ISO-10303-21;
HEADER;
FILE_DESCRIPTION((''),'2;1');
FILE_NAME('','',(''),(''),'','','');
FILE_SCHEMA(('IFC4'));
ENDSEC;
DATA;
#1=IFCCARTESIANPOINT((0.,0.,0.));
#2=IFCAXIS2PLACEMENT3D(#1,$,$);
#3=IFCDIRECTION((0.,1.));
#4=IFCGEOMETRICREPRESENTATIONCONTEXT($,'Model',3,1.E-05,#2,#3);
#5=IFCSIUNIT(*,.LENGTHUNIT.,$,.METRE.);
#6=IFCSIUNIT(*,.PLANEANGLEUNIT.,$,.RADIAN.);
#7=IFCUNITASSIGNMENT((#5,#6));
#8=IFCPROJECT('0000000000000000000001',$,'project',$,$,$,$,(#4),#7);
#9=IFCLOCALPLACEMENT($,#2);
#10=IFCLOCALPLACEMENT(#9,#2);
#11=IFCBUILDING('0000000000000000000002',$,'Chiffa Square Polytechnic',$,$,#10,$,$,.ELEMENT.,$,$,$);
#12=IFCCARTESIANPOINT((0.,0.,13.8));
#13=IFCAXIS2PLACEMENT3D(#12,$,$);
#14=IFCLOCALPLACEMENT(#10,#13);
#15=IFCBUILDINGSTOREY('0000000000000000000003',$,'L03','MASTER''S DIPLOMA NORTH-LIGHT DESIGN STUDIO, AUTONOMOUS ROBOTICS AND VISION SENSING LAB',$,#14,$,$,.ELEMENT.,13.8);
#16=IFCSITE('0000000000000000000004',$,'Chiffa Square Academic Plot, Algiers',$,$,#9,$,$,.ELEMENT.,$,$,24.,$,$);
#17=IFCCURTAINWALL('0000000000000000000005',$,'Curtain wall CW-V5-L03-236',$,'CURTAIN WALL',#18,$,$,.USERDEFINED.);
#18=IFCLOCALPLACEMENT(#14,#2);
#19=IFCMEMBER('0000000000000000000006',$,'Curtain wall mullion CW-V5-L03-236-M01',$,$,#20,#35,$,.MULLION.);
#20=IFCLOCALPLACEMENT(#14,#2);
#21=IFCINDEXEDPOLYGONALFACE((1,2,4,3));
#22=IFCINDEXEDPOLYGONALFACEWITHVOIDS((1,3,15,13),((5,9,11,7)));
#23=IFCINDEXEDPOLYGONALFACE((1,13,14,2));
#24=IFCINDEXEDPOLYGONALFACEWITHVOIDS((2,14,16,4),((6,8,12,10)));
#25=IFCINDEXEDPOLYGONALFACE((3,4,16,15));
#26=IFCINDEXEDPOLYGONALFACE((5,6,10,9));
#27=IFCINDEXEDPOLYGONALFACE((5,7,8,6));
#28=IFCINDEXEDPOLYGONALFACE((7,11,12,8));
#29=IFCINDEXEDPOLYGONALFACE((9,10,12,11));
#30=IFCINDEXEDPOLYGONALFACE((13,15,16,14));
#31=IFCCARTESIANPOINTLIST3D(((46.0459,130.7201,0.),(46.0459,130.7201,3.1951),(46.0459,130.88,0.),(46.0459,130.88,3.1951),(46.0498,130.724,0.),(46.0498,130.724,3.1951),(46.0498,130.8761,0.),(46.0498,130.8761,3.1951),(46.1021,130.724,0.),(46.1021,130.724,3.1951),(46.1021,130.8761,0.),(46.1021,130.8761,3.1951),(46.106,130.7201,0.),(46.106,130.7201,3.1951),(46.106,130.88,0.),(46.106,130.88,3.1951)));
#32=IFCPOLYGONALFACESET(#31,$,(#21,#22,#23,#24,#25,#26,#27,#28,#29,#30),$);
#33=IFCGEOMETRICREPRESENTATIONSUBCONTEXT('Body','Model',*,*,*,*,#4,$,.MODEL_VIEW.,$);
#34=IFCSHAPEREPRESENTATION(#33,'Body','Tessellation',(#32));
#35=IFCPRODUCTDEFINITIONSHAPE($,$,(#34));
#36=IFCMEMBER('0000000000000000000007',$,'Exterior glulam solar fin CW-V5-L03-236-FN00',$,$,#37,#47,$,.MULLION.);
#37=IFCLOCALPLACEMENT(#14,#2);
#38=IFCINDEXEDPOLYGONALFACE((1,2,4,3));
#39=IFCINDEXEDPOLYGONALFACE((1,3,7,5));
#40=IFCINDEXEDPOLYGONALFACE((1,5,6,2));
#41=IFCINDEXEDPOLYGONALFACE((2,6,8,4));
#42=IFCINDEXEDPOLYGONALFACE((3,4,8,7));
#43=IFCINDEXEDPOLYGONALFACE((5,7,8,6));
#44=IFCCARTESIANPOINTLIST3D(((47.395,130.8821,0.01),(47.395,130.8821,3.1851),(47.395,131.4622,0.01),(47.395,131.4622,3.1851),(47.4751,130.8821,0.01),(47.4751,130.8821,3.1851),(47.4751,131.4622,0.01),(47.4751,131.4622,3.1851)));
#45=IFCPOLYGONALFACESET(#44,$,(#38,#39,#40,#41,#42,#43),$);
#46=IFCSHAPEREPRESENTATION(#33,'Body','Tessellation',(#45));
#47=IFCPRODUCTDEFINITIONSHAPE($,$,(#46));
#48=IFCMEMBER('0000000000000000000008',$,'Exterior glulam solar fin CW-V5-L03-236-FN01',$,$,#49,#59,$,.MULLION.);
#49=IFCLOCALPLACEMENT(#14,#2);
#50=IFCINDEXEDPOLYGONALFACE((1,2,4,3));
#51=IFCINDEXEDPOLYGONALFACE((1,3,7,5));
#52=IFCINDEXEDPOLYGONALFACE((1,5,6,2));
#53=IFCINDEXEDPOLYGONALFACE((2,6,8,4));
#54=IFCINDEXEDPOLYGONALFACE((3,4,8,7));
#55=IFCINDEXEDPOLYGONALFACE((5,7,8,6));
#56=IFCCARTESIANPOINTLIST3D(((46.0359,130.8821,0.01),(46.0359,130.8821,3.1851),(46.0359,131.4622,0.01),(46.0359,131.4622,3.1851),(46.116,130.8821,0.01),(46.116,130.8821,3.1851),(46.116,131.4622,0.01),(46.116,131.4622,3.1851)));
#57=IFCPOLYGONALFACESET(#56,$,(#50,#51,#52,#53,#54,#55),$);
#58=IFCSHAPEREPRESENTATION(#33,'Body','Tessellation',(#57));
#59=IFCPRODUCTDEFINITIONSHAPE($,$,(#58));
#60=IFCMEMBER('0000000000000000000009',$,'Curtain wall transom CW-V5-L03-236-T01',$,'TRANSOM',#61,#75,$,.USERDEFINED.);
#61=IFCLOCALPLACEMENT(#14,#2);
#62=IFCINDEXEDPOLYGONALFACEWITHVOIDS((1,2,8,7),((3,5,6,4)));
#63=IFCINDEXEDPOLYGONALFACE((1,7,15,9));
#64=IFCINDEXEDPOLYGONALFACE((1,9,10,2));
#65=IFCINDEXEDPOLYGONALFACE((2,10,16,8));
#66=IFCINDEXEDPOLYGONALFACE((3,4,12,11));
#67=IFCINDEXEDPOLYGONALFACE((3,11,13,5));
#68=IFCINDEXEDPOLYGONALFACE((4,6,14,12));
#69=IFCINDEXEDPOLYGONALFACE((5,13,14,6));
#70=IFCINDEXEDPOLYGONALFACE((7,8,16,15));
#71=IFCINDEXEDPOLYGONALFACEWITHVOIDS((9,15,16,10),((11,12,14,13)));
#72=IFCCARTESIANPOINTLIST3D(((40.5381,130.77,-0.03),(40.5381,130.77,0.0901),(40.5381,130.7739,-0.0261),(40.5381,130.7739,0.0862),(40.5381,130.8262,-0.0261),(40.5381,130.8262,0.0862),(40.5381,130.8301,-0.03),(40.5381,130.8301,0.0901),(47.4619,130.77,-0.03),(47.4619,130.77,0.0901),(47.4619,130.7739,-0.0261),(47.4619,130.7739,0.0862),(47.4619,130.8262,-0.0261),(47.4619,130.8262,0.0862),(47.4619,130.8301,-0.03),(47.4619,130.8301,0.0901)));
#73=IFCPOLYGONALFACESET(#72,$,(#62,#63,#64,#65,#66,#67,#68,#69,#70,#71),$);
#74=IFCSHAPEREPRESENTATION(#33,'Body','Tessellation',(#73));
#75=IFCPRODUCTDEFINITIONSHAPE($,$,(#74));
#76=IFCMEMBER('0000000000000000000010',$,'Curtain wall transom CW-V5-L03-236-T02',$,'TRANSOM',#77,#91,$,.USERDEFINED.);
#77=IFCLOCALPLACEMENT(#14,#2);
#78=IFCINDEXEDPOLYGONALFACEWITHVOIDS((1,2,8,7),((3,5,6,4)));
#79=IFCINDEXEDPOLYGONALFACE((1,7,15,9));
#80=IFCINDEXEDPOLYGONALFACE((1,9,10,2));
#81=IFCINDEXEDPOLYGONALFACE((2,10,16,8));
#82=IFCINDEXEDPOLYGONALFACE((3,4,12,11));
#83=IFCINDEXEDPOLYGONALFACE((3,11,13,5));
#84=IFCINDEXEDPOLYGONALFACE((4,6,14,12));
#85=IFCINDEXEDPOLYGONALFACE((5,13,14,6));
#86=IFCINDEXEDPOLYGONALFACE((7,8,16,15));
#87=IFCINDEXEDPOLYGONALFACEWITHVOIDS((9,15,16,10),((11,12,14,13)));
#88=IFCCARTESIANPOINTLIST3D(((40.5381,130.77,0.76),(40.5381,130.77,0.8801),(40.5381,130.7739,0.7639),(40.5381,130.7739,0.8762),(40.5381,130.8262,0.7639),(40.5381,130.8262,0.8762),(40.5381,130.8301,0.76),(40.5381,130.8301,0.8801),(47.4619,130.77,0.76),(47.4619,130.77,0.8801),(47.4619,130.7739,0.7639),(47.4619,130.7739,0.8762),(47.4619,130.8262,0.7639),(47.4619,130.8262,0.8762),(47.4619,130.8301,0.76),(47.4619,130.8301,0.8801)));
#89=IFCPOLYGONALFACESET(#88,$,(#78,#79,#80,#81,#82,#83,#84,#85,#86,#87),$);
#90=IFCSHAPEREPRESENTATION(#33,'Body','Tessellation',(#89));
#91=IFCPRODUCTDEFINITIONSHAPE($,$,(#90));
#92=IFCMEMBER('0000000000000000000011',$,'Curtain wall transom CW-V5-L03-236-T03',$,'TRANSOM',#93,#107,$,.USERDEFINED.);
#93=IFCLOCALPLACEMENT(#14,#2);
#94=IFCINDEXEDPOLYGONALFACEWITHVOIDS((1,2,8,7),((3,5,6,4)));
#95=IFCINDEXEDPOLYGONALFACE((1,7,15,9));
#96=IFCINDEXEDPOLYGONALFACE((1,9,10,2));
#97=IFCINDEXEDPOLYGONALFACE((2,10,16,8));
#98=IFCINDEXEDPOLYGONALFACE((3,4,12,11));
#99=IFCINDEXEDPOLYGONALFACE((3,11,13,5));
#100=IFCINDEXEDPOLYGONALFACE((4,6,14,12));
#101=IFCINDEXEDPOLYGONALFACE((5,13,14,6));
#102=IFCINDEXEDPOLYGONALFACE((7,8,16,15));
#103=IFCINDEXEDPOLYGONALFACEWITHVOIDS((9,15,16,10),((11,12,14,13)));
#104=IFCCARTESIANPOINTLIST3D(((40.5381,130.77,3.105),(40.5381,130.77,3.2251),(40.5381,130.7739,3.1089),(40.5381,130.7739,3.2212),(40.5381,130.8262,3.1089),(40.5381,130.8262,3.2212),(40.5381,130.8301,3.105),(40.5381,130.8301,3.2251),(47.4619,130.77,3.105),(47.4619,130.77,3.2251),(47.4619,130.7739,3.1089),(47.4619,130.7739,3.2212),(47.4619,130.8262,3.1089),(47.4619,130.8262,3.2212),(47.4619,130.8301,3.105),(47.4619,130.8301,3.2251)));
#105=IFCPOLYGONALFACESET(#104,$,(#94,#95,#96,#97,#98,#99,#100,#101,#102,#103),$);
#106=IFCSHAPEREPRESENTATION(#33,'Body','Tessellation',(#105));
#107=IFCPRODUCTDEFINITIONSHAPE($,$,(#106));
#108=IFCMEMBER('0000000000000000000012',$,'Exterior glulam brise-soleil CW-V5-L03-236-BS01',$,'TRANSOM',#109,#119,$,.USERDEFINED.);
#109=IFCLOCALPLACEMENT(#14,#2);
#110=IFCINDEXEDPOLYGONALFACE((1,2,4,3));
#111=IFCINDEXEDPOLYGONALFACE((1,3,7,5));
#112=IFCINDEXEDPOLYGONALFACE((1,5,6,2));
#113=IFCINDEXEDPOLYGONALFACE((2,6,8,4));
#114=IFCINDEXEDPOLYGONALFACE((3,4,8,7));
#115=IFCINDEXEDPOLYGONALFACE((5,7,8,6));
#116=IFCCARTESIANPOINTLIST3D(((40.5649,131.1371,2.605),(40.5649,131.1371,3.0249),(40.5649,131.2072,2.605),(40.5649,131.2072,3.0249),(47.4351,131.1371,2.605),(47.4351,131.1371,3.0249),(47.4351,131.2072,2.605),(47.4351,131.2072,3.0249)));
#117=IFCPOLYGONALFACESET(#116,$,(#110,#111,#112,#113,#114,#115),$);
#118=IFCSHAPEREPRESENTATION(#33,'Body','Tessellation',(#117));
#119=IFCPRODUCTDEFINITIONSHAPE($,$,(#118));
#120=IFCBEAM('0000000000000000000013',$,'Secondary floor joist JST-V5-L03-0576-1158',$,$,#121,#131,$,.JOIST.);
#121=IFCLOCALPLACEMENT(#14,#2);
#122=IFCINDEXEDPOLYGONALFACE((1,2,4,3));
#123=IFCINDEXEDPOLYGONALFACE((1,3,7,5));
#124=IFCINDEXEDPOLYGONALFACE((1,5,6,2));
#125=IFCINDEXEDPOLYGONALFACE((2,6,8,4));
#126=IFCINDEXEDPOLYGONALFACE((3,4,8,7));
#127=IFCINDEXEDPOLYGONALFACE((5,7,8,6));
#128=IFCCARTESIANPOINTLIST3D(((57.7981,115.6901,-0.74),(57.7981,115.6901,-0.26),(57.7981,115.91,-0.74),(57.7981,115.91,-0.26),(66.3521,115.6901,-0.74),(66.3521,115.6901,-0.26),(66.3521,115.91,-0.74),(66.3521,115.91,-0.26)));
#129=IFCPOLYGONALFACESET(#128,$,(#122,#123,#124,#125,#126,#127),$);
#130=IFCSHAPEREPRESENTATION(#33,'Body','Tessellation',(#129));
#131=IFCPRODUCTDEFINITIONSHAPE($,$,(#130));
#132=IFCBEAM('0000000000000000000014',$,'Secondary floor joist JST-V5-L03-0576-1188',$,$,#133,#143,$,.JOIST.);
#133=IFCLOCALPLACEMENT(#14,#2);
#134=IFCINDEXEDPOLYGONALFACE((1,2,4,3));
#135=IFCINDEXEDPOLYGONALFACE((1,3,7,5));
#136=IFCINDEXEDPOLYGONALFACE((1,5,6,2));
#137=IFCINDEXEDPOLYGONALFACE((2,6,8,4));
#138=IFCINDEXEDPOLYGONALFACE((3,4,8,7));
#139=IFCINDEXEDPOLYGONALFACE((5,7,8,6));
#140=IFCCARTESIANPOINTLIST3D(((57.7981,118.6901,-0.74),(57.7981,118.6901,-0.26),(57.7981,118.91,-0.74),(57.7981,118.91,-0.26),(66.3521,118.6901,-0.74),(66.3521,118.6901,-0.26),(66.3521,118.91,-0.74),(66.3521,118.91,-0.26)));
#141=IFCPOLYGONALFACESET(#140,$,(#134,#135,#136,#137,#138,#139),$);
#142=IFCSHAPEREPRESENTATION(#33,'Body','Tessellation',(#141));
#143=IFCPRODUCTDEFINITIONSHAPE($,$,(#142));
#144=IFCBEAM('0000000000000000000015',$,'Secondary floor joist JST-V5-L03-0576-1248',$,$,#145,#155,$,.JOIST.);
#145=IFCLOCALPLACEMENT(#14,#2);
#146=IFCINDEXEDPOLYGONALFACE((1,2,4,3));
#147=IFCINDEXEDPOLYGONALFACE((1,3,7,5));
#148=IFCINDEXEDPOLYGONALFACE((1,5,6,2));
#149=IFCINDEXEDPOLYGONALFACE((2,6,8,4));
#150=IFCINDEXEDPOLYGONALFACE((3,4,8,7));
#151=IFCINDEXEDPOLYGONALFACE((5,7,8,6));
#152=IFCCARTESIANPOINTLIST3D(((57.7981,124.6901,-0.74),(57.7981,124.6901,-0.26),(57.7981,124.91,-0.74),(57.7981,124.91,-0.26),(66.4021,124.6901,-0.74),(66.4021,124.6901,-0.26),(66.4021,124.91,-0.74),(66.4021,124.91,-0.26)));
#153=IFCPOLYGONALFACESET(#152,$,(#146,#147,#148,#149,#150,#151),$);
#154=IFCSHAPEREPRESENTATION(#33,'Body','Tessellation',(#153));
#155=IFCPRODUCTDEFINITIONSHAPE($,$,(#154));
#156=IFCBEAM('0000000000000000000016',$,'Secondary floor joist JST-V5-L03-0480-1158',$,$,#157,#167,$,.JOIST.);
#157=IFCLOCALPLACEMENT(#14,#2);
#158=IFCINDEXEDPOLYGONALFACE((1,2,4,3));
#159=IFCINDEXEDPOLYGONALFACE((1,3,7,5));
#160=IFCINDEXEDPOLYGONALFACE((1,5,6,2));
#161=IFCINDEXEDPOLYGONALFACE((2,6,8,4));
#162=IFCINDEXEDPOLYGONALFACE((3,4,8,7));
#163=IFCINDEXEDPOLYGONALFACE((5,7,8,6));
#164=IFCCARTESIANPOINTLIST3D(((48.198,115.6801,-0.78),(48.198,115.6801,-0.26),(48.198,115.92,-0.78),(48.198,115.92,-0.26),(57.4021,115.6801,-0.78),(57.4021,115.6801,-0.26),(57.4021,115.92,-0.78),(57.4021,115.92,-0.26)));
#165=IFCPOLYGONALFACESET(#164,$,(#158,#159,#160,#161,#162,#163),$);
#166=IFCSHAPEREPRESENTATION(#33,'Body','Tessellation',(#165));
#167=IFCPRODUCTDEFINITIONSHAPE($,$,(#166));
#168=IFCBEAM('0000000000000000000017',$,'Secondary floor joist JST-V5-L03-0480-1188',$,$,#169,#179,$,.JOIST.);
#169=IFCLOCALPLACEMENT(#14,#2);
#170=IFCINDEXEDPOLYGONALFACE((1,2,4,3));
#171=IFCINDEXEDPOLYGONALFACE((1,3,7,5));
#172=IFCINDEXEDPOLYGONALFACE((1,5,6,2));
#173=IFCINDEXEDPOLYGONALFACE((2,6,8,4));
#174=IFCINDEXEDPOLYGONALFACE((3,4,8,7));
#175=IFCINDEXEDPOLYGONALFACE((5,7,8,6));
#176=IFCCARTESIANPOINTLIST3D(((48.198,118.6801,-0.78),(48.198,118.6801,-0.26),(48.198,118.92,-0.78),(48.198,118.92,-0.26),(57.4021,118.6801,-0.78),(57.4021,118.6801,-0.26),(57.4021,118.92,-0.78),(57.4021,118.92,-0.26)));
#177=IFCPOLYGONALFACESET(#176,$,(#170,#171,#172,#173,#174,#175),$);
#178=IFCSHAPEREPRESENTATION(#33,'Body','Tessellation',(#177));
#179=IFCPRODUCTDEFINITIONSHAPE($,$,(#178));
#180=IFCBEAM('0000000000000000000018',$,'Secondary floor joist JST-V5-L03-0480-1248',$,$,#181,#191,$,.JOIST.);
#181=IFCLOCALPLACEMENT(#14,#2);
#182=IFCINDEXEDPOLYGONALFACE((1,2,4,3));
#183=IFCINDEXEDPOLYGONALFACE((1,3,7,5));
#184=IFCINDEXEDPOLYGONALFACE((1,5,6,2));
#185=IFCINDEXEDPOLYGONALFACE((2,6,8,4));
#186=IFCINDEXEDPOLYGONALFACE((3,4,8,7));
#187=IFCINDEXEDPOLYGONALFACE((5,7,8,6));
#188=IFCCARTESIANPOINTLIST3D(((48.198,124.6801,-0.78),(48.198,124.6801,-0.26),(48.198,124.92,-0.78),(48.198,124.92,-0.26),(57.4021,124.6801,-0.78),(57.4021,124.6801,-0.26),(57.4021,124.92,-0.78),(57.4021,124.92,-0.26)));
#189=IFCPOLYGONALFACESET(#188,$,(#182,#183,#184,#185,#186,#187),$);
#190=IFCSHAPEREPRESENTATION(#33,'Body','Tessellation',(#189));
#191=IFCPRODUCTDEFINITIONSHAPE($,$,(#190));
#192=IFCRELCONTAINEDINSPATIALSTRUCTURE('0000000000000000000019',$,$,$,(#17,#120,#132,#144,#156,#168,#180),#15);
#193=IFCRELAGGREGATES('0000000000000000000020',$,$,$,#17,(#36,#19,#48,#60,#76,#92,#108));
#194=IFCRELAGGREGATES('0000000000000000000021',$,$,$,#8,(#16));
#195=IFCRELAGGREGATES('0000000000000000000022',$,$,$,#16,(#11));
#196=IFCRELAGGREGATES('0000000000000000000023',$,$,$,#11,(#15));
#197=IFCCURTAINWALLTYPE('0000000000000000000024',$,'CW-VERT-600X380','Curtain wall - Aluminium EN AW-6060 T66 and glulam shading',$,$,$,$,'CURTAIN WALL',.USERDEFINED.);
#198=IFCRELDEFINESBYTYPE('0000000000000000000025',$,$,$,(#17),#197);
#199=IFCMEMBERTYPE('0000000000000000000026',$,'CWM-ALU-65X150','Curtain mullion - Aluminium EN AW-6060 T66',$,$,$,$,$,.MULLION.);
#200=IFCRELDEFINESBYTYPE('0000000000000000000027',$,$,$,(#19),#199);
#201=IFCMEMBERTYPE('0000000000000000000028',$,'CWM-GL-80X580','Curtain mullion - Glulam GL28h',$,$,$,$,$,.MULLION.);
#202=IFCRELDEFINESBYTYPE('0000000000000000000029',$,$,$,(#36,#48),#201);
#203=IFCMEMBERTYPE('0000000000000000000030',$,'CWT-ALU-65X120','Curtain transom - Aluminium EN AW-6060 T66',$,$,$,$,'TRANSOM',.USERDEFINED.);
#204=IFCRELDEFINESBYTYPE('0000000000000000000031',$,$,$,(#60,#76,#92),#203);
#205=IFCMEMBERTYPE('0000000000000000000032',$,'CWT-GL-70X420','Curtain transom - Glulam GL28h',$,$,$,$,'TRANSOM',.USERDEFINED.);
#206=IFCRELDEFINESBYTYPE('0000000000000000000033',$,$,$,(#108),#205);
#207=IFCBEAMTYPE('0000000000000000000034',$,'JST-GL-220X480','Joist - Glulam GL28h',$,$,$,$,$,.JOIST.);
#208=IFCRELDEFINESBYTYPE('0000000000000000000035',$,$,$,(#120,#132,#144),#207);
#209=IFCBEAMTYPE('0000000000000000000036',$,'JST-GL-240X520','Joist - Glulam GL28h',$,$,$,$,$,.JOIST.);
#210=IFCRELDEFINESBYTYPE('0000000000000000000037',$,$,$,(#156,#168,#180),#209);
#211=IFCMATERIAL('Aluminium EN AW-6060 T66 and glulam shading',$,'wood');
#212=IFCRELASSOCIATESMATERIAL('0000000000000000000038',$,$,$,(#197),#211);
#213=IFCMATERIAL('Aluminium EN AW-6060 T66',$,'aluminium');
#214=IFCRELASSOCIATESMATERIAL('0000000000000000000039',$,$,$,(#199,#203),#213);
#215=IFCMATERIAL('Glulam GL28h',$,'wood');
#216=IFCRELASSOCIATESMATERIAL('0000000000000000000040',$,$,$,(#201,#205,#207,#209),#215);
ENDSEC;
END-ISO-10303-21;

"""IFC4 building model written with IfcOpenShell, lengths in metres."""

from ifc_helpers import new_model, si_unit, direction, frame, origin, origin_2d, place, context, subcontext, project, spatial, rectangle, hollow_rectangle, extrude, material, material_profile, profile_set, type_object, element, aggregate, save


model = new_model("IFC4")

# Units and contexts
model_context = context("Model", 3, precision=1e-05, world=origin(), true_north=direction((0.0, 1.0)))
body_context = subcontext(model_context, "Body", "Model", "MODEL_VIEW")
ifc_project = project(units=[si_unit("LENGTHUNIT", "METRE"), si_unit("PLANEANGLEUNIT", "RADIAN")], contexts=[model_context])

# Site, building, storey
site_placement = place(None, origin())
site = spatial("IfcSite", under=ifc_project, at=site_placement, Name="Chiffa Square Academic Plot, Algiers", CompositionType="ELEMENT", RefElevation=24.0)
building_placement = place(site_placement, origin())
building = spatial("IfcBuilding", under=site, at=building_placement, Name="Chiffa Square Polytechnic", CompositionType="ELEMENT")
storey_placement = place(building_placement, frame((0.0, 0.0, 13.8)))
storey = spatial("IfcBuildingStorey", under=building, at=storey_placement, Name="L03", Description="MASTER'S DIPLOMA NORTH-LIGHT DESIGN STUDIO, AUTONOMOUS ROBOTICS AND VISION SENSING LAB", CompositionType="ELEMENT", Elevation=13.8)

# Curtain wall, members
ifc_material_1 = material(Name="Aluminium EN AW-6060 T66 and glulam shading", Category="wood")
curtain_wall_type = type_object("IfcCurtainWallType", Name="CW-VERT-600X380", Description="Curtain wall - Aluminium EN AW-6060 T66 and glulam shading", ElementType="CURTAIN WALL", PredefinedType="USERDEFINED", material=ifc_material_1)
curtain_wall_placement = place(storey_placement, origin())
curtain_wall = element("IfcCurtainWall", 1, at=curtain_wall_placement, inside=storey, type_object=curtain_wall_type, Name="Curtain wall CW-V5-L03-236", ObjectType="CURTAIN WALL", PredefinedType="USERDEFINED")
ifc_material_2 = material(Name="Aluminium EN AW-6060 T66", Category="aluminium")
ifc_material_profile_1 = material_profile(ifc_material_2, hollow_rectangle(XDim=0.0601, YDim=0.1599, WallThickness=0.0039, at=origin_2d()), Name="ALU 60x160x4")
ifc_profile_set_1 = profile_set([ifc_material_profile_1], Name="Aluminium EN AW-6060 T66")
member_type_1 = type_object("IfcMemberType", Name="CWM-ALU-65X150", Description="Curtain mullion - Aluminium EN AW-6060 T66", PredefinedType="MULLION", material=ifc_profile_set_1)
member_1_placement = place(storey_placement, frame((46.0759, 130.8, 0.0), z_axis=(0.0, 0.0, 1.0), x_axis=(1.0, 0.0, 0.0)))
member_1 = element("IfcMember", 2, at=member_1_placement, type_object=member_type_1, Name="Curtain wall mullion CW-V5-L03-236-M01", PredefinedType="MULLION", context=body_context, shape_type="SweptSolid", body=[
    extrude(hollow_rectangle(XDim=0.0601, YDim=0.1599, WallThickness=0.0039, at=origin_2d()), origin(), (0.0, 0.0, 1.0), 3.1951),
])
ifc_material_3 = material(Name="Glulam GL28h", Category="wood")
ifc_material_profile_2 = material_profile(ifc_material_3, rectangle(XDim=0.0801, YDim=0.5801, at=origin_2d()), Name="GL28h 80x580")
ifc_profile_set_2 = profile_set([ifc_material_profile_2], Name="Glulam GL28h")
member_type_2 = type_object("IfcMemberType", Name="CWM-GL-80X580", Description="Curtain mullion - Glulam GL28h", PredefinedType="MULLION", material=ifc_profile_set_2)
member_2_placement = place(storey_placement, frame((47.4351, 131.1721, 0.01), z_axis=(0.0, 0.0, 1.0), x_axis=(-1.0, 0.0, 0.0)))
member_2 = element("IfcMember", 3, at=member_2_placement, type_object=member_type_2, Name="Exterior glulam solar fin CW-V5-L03-236-FN00", PredefinedType="MULLION", context=body_context, shape_type="SweptSolid", body=[
    extrude(rectangle(XDim=0.0801, YDim=0.5801, at=origin_2d()), origin(), (0.0, 0.0, 1.0), 3.175),
])
member_3_placement = place(storey_placement, frame((46.0759, 131.1721, 0.01), z_axis=(0.0, 0.0, 1.0), x_axis=(-1.0, 0.0, 0.0)))
member_3 = element("IfcMember", 4, at=member_3_placement, type_object=member_type_2, Name="Exterior glulam solar fin CW-V5-L03-236-FN01", PredefinedType="MULLION", context=body_context, shape_type="SweptSolid", body=[
    extrude(rectangle(XDim=0.0801, YDim=0.5801, at=origin_2d()), origin(), (0.0, 0.0, 1.0), 3.175),
])
ifc_material_profile_3 = material_profile(ifc_material_2, hollow_rectangle(XDim=0.0601, YDim=0.1201, WallThickness=0.0039, at=origin_2d()), Name="ALU 60x120x4")
ifc_profile_set_3 = profile_set([ifc_material_profile_3], Name="Aluminium EN AW-6060 T66")
member_type_3 = type_object("IfcMemberType", Name="CWT-ALU-65X120", Description="Curtain transom - Aluminium EN AW-6060 T66", ElementType="TRANSOM", PredefinedType="USERDEFINED", material=ifc_profile_set_3)
member_4_placement = place(storey_placement, frame((47.4619, 130.8, 0.03), z_axis=(-1.0, 0.0, 0.0), x_axis=(0.0, -1.0, 0.0)))
member_4 = element("IfcMember", 5, at=member_4_placement, type_object=member_type_3, Name="Curtain wall transom CW-V5-L03-236-T01", ObjectType="TRANSOM", PredefinedType="USERDEFINED", context=body_context, shape_type="SweptSolid", body=[
    extrude(hollow_rectangle(XDim=0.0601, YDim=0.1201, WallThickness=0.0039, at=origin_2d()), origin(), (0.0, 0.0, 1.0), 6.9238),
])
member_5_placement = place(storey_placement, frame((47.4619, 130.8, 0.8201), z_axis=(-1.0, 0.0, 0.0), x_axis=(0.0, -1.0, 0.0)))
member_5 = element("IfcMember", 6, at=member_5_placement, type_object=member_type_3, Name="Curtain wall transom CW-V5-L03-236-T02", ObjectType="TRANSOM", PredefinedType="USERDEFINED", context=body_context, shape_type="SweptSolid", body=[
    extrude(hollow_rectangle(XDim=0.0601, YDim=0.1201, WallThickness=0.0039, at=origin_2d()), origin(), (0.0, 0.0, 1.0), 6.9238),
])
member_6_placement = place(storey_placement, frame((47.4619, 130.8, 3.165), z_axis=(-1.0, 0.0, 0.0), x_axis=(0.0, -1.0, 0.0)))
member_6 = element("IfcMember", 7, at=member_6_placement, type_object=member_type_3, Name="Curtain wall transom CW-V5-L03-236-T03", ObjectType="TRANSOM", PredefinedType="USERDEFINED", context=body_context, shape_type="SweptSolid", body=[
    extrude(hollow_rectangle(XDim=0.0601, YDim=0.1201, WallThickness=0.0039, at=origin_2d()), origin(), (0.0, 0.0, 1.0), 6.9238),
])
ifc_material_profile_4 = material_profile(ifc_material_3, rectangle(XDim=0.0701, YDim=0.4199, at=origin_2d()), Name="GL28h 70x420")
ifc_profile_set_4 = profile_set([ifc_material_profile_4], Name="Glulam GL28h")
member_type_4 = type_object("IfcMemberType", Name="CWT-GL-70X420", Description="Curtain transom - Glulam GL28h", ElementType="TRANSOM", PredefinedType="USERDEFINED", material=ifc_profile_set_4)
member_7_placement = place(storey_placement, frame((47.4351, 131.1721, 2.8149), z_axis=(-1.0, 0.0, 0.0), x_axis=(0.0, -1.0, 0.0)))
member_7 = element("IfcMember", 8, at=member_7_placement, type_object=member_type_4, Name="Exterior glulam brise-soleil CW-V5-L03-236-BS01", ObjectType="TRANSOM", PredefinedType="USERDEFINED", context=body_context, shape_type="SweptSolid", body=[
    extrude(rectangle(XDim=0.0701, YDim=0.4199, at=origin_2d()), origin(), (0.0, 0.0, 1.0), 6.8701),
])

# Beams
ifc_material_profile_5 = material_profile(ifc_material_3, rectangle(XDim=0.22, YDim=0.48, at=origin_2d()), Name="GL28h 220x480")
ifc_profile_set_5 = profile_set([ifc_material_profile_5], Name="Glulam GL28h")
beam_type_1 = type_object("IfcBeamType", Name="JST-GL-220X480", Description="Joist - Glulam GL28h", PredefinedType="JOIST", material=ifc_profile_set_5)
for number, where, z_axis, x_axis, name in (
    (9, (57.7981, 115.8, -0.5), (1.0, 0.0, 0.0), (0.0, 1.0, 0.0), "Secondary floor joist JST-V5-L03-0576-1158"),
    (10, (57.7981, 118.8, -0.5), (1.0, 0.0, 0.0), (0.0, 1.0, 0.0), "Secondary floor joist JST-V5-L03-0576-1188"),
):
    element("IfcBeam", number, at=place(storey_placement, frame(where, z_axis=z_axis, x_axis=x_axis)), inside=storey, type_object=beam_type_1, Name=name, PredefinedType="JOIST", context=body_context, shape_type="SweptSolid", body=[
        extrude(rectangle(XDim=0.22, YDim=0.48, at=origin_2d()), origin(), (0.0, 0.0, 1.0), 8.554),
    ])
beam_placement = place(storey_placement, frame((57.7981, 124.8, -0.5), z_axis=(1.0, 0.0, 0.0), x_axis=(0.0, 1.0, 0.0)))
element("IfcBeam", 11, at=beam_placement, inside=storey, type_object=beam_type_1, Name="Secondary floor joist JST-V5-L03-0576-1248", PredefinedType="JOIST", context=body_context, shape_type="SweptSolid", body=[
    extrude(rectangle(XDim=0.22, YDim=0.48, at=origin_2d()), origin(), (0.0, 0.0, 1.0), 8.604),
])
ifc_material_profile_6 = material_profile(ifc_material_3, rectangle(XDim=0.24, YDim=0.52, at=origin_2d()), Name="GL28h 240x520")
ifc_profile_set_6 = profile_set([ifc_material_profile_6], Name="Glulam GL28h")
beam_type_2 = type_object("IfcBeamType", Name="JST-GL-240X520", Description="Joist - Glulam GL28h", PredefinedType="JOIST", material=ifc_profile_set_6)
for number, where, z_axis, x_axis, name in (
    (12, (48.198, 115.8, -0.52), (1.0, 0.0, 0.0), (0.0, 1.0, 0.0), "Secondary floor joist JST-V5-L03-0480-1158"),
    (13, (48.198, 118.8, -0.52), (1.0, 0.0, 0.0), (0.0, 1.0, 0.0), "Secondary floor joist JST-V5-L03-0480-1188"),
    (14, (48.198, 124.8, -0.52), (1.0, 0.0, 0.0), (0.0, 1.0, 0.0), "Secondary floor joist JST-V5-L03-0480-1248"),
):
    element("IfcBeam", number, at=place(storey_placement, frame(where, z_axis=z_axis, x_axis=x_axis)), inside=storey, type_object=beam_type_2, Name=name, PredefinedType="JOIST", context=body_context, shape_type="SweptSolid", body=[
        extrude(rectangle(XDim=0.24, YDim=0.52, at=origin_2d()), origin(), (0.0, 0.0, 1.0), 9.2041),
    ])

aggregate(curtain_wall, [member_2, member_1, member_3, member_4, member_5, member_6, member_7])

save(model, "model.ifc")
